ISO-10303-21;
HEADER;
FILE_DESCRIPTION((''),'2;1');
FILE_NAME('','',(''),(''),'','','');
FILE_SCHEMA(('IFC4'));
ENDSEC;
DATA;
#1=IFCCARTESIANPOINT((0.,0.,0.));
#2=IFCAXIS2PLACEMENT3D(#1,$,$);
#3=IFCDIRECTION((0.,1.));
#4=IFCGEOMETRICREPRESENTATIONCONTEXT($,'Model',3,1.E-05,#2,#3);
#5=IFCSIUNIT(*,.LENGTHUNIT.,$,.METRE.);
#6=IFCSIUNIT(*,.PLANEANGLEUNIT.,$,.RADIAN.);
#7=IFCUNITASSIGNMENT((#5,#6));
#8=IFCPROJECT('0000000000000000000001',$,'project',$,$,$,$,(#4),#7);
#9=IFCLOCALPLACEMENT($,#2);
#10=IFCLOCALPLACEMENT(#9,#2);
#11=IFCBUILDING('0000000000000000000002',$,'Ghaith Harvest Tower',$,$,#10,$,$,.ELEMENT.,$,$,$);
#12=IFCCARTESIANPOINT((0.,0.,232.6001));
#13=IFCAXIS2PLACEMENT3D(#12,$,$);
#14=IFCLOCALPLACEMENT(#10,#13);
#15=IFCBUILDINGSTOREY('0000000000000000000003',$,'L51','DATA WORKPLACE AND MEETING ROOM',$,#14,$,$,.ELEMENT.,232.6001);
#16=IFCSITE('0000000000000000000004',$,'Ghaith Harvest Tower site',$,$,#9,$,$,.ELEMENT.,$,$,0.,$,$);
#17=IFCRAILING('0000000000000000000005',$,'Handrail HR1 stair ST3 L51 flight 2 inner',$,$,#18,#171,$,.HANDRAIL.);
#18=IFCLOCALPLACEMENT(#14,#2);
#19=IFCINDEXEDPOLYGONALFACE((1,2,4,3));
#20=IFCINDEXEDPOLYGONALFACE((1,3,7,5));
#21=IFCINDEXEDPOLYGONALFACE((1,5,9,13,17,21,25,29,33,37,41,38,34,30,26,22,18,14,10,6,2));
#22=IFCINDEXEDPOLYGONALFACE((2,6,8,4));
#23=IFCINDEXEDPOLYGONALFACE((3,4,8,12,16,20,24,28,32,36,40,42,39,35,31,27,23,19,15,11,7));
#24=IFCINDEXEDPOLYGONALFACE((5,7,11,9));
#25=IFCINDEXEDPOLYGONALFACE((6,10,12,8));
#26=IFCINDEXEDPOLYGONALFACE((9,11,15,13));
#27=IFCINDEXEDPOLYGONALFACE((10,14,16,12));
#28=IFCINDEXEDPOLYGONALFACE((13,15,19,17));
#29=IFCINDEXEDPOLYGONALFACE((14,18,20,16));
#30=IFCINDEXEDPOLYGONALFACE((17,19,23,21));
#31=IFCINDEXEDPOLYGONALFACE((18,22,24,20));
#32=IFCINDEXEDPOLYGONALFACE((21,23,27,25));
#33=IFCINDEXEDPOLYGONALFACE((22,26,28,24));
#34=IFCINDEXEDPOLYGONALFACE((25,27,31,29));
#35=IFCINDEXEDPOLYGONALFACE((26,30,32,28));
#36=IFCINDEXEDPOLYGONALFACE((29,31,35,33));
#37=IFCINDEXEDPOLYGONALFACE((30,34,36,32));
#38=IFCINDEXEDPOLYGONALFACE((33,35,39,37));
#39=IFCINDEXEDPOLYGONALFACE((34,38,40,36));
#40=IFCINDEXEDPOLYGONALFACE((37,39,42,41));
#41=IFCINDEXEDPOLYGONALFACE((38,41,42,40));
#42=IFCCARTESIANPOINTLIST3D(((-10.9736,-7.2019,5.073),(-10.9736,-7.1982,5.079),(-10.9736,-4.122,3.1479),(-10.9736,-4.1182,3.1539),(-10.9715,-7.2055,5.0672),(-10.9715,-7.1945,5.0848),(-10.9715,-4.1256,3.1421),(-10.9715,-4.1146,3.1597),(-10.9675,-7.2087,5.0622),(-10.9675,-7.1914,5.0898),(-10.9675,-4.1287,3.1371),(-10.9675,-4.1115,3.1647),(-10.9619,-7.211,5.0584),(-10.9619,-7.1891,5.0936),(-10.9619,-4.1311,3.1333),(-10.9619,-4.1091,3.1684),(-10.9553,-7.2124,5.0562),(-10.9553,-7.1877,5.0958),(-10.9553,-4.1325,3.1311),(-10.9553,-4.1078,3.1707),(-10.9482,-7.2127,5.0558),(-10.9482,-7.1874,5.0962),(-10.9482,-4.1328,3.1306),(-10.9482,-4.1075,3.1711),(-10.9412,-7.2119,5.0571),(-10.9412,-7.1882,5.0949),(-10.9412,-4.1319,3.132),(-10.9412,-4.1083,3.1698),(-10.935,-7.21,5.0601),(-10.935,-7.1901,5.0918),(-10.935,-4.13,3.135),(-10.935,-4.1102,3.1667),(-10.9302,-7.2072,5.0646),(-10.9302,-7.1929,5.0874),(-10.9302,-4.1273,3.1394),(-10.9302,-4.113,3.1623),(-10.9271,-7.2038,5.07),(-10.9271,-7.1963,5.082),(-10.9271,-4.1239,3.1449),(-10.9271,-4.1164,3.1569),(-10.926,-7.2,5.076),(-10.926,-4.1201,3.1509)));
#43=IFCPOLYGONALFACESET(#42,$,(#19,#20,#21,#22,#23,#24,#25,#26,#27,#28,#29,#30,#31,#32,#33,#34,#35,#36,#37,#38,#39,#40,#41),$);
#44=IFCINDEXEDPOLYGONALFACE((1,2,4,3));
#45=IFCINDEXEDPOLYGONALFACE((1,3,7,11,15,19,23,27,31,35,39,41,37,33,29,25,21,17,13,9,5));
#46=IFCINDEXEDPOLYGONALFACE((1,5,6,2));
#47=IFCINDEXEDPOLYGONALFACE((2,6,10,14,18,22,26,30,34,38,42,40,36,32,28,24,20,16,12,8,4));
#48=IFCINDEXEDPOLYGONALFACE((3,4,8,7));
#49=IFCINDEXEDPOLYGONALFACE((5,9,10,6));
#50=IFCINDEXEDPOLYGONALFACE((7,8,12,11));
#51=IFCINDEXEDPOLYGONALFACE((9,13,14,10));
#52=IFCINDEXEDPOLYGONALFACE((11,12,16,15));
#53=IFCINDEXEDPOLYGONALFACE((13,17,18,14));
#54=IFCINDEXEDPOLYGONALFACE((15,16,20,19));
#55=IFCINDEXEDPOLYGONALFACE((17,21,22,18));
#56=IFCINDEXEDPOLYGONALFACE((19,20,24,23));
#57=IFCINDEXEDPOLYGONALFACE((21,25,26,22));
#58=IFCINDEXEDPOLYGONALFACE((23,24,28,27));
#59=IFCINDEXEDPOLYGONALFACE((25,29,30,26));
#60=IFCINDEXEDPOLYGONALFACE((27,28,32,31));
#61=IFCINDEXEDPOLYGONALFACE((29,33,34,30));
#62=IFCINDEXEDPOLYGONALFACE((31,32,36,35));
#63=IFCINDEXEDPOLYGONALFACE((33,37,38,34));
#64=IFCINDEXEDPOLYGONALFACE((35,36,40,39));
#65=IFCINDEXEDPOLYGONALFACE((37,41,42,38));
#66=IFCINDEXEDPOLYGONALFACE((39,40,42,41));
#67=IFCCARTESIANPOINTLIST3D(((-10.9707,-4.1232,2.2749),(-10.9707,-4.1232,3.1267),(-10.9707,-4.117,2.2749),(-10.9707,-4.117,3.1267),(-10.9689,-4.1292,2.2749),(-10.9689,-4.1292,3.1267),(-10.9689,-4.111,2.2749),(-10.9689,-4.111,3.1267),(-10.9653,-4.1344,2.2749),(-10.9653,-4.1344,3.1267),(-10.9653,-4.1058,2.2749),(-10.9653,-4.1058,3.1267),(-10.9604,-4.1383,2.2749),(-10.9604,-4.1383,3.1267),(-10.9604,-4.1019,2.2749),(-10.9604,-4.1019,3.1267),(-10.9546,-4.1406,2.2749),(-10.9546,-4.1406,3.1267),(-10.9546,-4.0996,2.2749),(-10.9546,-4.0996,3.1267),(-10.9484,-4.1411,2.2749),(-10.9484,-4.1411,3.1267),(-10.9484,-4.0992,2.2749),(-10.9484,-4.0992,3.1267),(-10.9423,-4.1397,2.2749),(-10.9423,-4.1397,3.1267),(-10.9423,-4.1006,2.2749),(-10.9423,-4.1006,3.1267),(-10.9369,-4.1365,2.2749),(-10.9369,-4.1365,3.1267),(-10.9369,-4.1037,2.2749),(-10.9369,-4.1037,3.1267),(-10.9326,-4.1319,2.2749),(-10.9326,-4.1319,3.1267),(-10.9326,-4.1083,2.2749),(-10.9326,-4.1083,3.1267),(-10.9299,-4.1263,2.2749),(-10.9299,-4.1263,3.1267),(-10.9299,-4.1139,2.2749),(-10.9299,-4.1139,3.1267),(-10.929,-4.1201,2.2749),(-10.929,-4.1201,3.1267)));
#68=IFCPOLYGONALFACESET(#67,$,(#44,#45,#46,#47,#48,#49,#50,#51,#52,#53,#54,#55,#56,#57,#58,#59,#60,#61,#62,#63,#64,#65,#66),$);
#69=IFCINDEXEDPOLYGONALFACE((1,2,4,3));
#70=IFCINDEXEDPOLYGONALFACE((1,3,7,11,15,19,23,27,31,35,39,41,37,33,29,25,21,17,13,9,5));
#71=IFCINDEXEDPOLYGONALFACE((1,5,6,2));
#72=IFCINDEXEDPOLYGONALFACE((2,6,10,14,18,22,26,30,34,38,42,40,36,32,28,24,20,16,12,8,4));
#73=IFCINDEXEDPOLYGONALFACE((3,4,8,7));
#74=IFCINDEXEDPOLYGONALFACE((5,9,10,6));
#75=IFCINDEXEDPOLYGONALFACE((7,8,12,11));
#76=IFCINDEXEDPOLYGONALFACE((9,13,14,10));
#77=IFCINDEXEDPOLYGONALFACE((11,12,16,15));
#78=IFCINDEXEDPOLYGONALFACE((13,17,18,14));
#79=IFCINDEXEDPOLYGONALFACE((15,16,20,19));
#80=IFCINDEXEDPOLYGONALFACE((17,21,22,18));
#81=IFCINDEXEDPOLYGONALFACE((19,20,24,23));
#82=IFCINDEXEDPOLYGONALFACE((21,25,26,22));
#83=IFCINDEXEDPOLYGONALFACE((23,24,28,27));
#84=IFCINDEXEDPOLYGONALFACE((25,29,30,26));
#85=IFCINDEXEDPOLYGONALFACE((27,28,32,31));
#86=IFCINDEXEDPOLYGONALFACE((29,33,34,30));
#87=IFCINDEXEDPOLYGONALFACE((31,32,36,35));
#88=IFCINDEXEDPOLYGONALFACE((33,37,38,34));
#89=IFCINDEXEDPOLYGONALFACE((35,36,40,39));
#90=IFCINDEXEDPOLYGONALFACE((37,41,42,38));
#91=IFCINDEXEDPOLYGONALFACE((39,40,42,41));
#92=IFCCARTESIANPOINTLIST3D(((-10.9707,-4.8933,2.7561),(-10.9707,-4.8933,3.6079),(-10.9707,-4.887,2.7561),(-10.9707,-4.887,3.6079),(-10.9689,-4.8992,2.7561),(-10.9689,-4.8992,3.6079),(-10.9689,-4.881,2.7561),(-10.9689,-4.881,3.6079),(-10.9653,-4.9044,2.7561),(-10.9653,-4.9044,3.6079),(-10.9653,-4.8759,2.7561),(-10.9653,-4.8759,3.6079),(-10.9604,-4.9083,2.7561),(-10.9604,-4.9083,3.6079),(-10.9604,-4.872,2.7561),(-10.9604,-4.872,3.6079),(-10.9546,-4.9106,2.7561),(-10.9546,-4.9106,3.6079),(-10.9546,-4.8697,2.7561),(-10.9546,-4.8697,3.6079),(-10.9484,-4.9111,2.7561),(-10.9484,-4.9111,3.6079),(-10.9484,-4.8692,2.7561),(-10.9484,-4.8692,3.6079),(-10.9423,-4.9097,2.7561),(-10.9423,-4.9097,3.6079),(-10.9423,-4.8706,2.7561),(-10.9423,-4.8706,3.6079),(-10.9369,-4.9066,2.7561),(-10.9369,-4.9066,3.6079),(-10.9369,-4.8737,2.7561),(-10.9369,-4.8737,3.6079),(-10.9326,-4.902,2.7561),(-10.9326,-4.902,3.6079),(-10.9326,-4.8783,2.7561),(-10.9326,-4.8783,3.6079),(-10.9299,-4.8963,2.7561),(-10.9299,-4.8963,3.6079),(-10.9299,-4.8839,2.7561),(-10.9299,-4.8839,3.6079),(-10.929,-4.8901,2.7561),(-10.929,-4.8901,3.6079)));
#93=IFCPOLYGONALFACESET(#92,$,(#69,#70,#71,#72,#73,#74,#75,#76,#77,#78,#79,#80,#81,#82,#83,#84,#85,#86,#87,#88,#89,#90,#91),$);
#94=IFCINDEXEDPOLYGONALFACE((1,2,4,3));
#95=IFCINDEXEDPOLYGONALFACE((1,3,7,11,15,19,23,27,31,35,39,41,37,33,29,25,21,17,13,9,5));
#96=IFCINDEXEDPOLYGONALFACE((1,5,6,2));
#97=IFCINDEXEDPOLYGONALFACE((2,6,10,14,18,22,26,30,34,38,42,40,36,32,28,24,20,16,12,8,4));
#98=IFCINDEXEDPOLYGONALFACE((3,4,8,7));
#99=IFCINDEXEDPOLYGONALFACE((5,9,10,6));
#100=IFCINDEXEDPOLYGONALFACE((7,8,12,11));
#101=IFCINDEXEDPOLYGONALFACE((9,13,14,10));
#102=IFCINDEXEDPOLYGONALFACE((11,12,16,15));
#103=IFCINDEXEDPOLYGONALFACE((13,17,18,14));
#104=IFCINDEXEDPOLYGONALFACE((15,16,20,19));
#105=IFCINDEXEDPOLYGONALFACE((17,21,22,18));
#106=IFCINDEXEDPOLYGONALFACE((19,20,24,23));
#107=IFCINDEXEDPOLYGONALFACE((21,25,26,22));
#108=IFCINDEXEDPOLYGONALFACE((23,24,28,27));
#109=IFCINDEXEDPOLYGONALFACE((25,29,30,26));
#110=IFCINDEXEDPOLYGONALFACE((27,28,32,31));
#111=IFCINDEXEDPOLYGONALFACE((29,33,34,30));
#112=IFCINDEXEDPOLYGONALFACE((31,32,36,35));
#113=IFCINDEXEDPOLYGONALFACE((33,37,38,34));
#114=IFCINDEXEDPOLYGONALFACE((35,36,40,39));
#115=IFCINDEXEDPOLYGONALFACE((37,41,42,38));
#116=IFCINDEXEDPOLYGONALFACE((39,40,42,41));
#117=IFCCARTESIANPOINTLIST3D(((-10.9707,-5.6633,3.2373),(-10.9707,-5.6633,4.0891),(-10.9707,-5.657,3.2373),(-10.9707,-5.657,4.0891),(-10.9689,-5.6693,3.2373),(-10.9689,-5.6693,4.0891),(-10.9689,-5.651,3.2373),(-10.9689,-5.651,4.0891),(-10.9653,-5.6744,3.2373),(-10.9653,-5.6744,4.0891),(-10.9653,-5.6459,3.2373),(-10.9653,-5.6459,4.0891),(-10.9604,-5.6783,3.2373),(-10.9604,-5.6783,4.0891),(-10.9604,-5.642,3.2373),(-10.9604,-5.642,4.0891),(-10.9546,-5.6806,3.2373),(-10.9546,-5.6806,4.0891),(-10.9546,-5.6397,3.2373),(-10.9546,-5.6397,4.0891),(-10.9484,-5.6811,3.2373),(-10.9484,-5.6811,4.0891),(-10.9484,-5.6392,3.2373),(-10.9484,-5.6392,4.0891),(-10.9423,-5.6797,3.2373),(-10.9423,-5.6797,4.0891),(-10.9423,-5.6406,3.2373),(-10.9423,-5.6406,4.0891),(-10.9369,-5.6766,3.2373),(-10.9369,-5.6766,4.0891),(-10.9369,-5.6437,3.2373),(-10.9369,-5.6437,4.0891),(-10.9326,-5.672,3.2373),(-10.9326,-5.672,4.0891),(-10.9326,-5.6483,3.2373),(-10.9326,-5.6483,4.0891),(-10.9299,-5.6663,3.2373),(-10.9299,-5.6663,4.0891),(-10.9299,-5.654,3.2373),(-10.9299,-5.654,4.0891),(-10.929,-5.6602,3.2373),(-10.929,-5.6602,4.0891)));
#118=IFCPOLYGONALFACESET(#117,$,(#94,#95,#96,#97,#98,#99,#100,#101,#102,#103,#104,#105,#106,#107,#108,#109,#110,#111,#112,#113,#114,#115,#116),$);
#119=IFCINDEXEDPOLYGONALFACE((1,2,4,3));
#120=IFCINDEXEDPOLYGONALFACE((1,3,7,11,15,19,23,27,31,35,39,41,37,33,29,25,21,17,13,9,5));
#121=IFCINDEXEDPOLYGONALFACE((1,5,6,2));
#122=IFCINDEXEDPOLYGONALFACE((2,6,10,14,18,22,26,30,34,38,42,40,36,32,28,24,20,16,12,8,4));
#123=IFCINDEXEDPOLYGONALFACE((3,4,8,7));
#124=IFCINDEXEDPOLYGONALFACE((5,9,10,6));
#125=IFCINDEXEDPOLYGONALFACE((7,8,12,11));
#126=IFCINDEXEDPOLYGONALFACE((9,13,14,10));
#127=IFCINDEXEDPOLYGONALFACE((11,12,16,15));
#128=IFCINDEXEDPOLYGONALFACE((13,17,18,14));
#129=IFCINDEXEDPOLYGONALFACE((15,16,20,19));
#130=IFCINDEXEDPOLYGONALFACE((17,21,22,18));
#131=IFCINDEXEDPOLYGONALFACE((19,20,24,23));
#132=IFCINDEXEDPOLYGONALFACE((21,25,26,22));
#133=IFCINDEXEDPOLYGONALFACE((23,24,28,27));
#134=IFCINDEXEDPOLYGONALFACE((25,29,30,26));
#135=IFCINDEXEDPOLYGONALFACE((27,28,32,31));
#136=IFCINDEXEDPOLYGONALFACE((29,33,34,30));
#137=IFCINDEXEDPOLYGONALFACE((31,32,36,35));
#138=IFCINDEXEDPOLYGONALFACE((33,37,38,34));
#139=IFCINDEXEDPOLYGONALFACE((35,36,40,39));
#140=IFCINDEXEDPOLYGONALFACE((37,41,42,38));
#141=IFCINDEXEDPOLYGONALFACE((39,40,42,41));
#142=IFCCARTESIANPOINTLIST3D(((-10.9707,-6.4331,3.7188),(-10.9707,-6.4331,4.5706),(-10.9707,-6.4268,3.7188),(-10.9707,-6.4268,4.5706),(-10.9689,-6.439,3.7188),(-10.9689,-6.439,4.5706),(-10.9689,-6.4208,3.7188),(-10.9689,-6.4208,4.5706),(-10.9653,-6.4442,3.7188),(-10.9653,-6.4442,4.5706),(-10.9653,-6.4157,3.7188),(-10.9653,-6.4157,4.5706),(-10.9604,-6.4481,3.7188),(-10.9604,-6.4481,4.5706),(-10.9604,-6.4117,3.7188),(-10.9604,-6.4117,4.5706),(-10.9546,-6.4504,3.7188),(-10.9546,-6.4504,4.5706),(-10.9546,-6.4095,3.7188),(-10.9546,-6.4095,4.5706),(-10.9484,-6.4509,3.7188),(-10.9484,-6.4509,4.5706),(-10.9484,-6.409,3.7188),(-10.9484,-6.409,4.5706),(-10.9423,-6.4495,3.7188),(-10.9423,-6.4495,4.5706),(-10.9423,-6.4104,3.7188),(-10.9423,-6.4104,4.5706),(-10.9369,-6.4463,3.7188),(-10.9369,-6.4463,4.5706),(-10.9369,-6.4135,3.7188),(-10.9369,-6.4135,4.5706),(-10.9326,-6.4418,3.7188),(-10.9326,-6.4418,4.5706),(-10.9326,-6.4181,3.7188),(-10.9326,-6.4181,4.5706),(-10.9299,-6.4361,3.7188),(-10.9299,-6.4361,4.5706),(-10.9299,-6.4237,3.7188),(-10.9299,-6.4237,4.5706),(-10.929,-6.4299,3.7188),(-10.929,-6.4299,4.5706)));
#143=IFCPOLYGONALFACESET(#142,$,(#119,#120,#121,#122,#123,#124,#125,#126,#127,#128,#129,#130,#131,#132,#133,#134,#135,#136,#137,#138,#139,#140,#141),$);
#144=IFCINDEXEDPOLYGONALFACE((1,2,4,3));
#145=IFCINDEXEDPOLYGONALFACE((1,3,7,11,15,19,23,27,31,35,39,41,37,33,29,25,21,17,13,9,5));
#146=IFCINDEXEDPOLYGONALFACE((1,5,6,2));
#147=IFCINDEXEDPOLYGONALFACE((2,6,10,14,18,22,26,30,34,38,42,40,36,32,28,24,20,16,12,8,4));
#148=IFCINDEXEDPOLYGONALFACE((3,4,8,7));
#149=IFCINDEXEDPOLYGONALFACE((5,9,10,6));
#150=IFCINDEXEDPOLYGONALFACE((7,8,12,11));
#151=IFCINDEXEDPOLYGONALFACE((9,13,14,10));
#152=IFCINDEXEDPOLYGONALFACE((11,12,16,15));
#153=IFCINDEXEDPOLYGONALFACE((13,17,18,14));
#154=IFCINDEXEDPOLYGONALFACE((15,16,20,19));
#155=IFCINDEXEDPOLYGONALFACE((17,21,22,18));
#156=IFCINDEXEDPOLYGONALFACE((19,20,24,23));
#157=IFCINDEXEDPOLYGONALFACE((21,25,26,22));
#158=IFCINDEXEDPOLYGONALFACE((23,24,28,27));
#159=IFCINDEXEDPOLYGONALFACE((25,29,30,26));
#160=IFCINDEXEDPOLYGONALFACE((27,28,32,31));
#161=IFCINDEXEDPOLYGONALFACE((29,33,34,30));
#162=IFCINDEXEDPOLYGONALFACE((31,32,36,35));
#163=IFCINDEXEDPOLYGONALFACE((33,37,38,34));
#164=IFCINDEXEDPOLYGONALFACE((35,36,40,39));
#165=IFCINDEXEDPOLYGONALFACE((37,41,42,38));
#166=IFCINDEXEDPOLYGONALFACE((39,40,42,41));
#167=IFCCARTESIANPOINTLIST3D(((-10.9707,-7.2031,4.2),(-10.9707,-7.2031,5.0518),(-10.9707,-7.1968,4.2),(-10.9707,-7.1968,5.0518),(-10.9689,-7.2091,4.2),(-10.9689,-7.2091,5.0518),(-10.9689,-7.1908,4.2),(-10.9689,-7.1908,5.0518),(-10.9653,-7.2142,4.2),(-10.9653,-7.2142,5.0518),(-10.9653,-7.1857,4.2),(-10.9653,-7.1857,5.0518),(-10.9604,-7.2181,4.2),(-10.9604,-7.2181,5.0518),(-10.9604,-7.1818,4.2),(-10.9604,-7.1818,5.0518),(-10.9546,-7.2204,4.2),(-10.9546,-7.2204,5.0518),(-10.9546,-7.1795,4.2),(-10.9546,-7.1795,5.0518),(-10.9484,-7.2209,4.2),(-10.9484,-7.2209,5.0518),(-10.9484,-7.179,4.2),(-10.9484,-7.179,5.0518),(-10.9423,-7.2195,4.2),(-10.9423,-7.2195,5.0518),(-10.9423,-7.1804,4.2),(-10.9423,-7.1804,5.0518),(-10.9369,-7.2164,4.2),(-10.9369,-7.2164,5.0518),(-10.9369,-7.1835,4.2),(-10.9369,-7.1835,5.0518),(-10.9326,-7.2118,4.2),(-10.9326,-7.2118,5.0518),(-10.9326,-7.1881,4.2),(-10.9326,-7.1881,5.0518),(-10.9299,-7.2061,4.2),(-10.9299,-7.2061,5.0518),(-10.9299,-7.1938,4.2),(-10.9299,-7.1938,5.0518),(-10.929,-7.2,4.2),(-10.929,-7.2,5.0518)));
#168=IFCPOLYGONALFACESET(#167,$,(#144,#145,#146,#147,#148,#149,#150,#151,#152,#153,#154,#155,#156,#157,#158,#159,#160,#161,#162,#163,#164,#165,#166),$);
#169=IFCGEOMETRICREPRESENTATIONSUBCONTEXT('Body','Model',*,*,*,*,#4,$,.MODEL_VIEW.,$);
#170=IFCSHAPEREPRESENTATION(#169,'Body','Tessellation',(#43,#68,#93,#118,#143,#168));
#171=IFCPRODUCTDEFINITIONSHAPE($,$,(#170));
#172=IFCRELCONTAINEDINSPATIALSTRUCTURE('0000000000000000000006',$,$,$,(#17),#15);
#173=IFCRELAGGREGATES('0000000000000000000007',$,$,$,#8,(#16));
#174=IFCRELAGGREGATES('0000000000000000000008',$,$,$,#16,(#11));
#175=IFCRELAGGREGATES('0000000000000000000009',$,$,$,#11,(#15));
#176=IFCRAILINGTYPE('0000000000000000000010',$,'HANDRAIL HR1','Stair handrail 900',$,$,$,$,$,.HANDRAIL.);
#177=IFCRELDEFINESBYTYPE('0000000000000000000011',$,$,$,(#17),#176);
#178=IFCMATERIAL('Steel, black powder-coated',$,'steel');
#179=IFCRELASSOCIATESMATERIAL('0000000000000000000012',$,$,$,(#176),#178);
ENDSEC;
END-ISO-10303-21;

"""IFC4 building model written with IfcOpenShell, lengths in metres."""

from ifc_helpers import new_model, si_unit, direction, frame, origin, origin_2d, place, context, subcontext, project, spatial, circle, extrude, material, type_object, element, save


model = new_model("IFC4")

# Units and contexts
model_context = context("Model", 3, precision=1e-05, world=origin(), true_north=direction((0.0, 1.0)))
body_context = subcontext(model_context, "Body", "Model", "MODEL_VIEW")
ifc_project = project(units=[si_unit("LENGTHUNIT", "METRE"), si_unit("PLANEANGLEUNIT", "RADIAN")], contexts=[model_context])

# Site, building, storey
site_placement = place(None, origin())
site = spatial("IfcSite", under=ifc_project, at=site_placement, Name="Ghaith Harvest Tower site", CompositionType="ELEMENT", RefElevation=0.0)
building_placement = place(site_placement, origin())
building = spatial("IfcBuilding", under=site, at=building_placement, Name="Ghaith Harvest Tower", CompositionType="ELEMENT")
storey_placement = place(building_placement, frame((0.0, 0.0, 232.6001)))
storey = spatial("IfcBuildingStorey", under=building, at=storey_placement, Name="L51", Description="DATA WORKPLACE AND MEETING ROOM", CompositionType="ELEMENT", Elevation=232.6001)

# Railing
ifc_material_1 = material(Name="Steel, black powder-coated", Category="steel")
railing_type = type_object("IfcRailingType", Name="HANDRAIL HR1", Description="Stair handrail 900", PredefinedType="HANDRAIL", material=ifc_material_1)
railing_1_placement = place(storey_placement, frame((-10.95, -4.1201, 2.2749)))
element("IfcRailing", 1, at=railing_1_placement, inside=storey, type_object=railing_type, Name="Handrail HR1 stair ST3 L51 flight 2 inner", PredefinedType="HANDRAIL", context=body_context, shape_type="SweptSolid", body=[
    extrude(circle(Radius=0.0239, at=origin_2d()), frame((0.0, 0.0, 0.876), z_axis=(0.0, -0.847979, 0.530029), x_axis=(1.0, 0.0, 0.0)), (0.0, 0.0, 1.0), 3.6321),
    extrude(circle(Radius=0.021, at=origin_2d()), origin(), (0.0, 0.0, 1.0), 0.8518),
    extrude(circle(Radius=0.021, at=origin_2d()), frame((0.0, -0.77, 0.4812)), (0.0, 0.0, 1.0), 0.8518),
    extrude(circle(Radius=0.021, at=origin_2d()), frame((0.0, -1.54, 0.9624)), (0.0, 0.0, 1.0), 0.8518),
    extrude(circle(Radius=0.021, at=origin_2d()), frame((0.0, -2.3098, 1.4438)), (0.0, 0.0, 1.0), 0.8518),
    extrude(circle(Radius=0.021, at=origin_2d()), frame((0.0, -3.0798, 1.925)), (0.0, 0.0, 1.0), 0.8518),
])

save(model, "model.ifc")
